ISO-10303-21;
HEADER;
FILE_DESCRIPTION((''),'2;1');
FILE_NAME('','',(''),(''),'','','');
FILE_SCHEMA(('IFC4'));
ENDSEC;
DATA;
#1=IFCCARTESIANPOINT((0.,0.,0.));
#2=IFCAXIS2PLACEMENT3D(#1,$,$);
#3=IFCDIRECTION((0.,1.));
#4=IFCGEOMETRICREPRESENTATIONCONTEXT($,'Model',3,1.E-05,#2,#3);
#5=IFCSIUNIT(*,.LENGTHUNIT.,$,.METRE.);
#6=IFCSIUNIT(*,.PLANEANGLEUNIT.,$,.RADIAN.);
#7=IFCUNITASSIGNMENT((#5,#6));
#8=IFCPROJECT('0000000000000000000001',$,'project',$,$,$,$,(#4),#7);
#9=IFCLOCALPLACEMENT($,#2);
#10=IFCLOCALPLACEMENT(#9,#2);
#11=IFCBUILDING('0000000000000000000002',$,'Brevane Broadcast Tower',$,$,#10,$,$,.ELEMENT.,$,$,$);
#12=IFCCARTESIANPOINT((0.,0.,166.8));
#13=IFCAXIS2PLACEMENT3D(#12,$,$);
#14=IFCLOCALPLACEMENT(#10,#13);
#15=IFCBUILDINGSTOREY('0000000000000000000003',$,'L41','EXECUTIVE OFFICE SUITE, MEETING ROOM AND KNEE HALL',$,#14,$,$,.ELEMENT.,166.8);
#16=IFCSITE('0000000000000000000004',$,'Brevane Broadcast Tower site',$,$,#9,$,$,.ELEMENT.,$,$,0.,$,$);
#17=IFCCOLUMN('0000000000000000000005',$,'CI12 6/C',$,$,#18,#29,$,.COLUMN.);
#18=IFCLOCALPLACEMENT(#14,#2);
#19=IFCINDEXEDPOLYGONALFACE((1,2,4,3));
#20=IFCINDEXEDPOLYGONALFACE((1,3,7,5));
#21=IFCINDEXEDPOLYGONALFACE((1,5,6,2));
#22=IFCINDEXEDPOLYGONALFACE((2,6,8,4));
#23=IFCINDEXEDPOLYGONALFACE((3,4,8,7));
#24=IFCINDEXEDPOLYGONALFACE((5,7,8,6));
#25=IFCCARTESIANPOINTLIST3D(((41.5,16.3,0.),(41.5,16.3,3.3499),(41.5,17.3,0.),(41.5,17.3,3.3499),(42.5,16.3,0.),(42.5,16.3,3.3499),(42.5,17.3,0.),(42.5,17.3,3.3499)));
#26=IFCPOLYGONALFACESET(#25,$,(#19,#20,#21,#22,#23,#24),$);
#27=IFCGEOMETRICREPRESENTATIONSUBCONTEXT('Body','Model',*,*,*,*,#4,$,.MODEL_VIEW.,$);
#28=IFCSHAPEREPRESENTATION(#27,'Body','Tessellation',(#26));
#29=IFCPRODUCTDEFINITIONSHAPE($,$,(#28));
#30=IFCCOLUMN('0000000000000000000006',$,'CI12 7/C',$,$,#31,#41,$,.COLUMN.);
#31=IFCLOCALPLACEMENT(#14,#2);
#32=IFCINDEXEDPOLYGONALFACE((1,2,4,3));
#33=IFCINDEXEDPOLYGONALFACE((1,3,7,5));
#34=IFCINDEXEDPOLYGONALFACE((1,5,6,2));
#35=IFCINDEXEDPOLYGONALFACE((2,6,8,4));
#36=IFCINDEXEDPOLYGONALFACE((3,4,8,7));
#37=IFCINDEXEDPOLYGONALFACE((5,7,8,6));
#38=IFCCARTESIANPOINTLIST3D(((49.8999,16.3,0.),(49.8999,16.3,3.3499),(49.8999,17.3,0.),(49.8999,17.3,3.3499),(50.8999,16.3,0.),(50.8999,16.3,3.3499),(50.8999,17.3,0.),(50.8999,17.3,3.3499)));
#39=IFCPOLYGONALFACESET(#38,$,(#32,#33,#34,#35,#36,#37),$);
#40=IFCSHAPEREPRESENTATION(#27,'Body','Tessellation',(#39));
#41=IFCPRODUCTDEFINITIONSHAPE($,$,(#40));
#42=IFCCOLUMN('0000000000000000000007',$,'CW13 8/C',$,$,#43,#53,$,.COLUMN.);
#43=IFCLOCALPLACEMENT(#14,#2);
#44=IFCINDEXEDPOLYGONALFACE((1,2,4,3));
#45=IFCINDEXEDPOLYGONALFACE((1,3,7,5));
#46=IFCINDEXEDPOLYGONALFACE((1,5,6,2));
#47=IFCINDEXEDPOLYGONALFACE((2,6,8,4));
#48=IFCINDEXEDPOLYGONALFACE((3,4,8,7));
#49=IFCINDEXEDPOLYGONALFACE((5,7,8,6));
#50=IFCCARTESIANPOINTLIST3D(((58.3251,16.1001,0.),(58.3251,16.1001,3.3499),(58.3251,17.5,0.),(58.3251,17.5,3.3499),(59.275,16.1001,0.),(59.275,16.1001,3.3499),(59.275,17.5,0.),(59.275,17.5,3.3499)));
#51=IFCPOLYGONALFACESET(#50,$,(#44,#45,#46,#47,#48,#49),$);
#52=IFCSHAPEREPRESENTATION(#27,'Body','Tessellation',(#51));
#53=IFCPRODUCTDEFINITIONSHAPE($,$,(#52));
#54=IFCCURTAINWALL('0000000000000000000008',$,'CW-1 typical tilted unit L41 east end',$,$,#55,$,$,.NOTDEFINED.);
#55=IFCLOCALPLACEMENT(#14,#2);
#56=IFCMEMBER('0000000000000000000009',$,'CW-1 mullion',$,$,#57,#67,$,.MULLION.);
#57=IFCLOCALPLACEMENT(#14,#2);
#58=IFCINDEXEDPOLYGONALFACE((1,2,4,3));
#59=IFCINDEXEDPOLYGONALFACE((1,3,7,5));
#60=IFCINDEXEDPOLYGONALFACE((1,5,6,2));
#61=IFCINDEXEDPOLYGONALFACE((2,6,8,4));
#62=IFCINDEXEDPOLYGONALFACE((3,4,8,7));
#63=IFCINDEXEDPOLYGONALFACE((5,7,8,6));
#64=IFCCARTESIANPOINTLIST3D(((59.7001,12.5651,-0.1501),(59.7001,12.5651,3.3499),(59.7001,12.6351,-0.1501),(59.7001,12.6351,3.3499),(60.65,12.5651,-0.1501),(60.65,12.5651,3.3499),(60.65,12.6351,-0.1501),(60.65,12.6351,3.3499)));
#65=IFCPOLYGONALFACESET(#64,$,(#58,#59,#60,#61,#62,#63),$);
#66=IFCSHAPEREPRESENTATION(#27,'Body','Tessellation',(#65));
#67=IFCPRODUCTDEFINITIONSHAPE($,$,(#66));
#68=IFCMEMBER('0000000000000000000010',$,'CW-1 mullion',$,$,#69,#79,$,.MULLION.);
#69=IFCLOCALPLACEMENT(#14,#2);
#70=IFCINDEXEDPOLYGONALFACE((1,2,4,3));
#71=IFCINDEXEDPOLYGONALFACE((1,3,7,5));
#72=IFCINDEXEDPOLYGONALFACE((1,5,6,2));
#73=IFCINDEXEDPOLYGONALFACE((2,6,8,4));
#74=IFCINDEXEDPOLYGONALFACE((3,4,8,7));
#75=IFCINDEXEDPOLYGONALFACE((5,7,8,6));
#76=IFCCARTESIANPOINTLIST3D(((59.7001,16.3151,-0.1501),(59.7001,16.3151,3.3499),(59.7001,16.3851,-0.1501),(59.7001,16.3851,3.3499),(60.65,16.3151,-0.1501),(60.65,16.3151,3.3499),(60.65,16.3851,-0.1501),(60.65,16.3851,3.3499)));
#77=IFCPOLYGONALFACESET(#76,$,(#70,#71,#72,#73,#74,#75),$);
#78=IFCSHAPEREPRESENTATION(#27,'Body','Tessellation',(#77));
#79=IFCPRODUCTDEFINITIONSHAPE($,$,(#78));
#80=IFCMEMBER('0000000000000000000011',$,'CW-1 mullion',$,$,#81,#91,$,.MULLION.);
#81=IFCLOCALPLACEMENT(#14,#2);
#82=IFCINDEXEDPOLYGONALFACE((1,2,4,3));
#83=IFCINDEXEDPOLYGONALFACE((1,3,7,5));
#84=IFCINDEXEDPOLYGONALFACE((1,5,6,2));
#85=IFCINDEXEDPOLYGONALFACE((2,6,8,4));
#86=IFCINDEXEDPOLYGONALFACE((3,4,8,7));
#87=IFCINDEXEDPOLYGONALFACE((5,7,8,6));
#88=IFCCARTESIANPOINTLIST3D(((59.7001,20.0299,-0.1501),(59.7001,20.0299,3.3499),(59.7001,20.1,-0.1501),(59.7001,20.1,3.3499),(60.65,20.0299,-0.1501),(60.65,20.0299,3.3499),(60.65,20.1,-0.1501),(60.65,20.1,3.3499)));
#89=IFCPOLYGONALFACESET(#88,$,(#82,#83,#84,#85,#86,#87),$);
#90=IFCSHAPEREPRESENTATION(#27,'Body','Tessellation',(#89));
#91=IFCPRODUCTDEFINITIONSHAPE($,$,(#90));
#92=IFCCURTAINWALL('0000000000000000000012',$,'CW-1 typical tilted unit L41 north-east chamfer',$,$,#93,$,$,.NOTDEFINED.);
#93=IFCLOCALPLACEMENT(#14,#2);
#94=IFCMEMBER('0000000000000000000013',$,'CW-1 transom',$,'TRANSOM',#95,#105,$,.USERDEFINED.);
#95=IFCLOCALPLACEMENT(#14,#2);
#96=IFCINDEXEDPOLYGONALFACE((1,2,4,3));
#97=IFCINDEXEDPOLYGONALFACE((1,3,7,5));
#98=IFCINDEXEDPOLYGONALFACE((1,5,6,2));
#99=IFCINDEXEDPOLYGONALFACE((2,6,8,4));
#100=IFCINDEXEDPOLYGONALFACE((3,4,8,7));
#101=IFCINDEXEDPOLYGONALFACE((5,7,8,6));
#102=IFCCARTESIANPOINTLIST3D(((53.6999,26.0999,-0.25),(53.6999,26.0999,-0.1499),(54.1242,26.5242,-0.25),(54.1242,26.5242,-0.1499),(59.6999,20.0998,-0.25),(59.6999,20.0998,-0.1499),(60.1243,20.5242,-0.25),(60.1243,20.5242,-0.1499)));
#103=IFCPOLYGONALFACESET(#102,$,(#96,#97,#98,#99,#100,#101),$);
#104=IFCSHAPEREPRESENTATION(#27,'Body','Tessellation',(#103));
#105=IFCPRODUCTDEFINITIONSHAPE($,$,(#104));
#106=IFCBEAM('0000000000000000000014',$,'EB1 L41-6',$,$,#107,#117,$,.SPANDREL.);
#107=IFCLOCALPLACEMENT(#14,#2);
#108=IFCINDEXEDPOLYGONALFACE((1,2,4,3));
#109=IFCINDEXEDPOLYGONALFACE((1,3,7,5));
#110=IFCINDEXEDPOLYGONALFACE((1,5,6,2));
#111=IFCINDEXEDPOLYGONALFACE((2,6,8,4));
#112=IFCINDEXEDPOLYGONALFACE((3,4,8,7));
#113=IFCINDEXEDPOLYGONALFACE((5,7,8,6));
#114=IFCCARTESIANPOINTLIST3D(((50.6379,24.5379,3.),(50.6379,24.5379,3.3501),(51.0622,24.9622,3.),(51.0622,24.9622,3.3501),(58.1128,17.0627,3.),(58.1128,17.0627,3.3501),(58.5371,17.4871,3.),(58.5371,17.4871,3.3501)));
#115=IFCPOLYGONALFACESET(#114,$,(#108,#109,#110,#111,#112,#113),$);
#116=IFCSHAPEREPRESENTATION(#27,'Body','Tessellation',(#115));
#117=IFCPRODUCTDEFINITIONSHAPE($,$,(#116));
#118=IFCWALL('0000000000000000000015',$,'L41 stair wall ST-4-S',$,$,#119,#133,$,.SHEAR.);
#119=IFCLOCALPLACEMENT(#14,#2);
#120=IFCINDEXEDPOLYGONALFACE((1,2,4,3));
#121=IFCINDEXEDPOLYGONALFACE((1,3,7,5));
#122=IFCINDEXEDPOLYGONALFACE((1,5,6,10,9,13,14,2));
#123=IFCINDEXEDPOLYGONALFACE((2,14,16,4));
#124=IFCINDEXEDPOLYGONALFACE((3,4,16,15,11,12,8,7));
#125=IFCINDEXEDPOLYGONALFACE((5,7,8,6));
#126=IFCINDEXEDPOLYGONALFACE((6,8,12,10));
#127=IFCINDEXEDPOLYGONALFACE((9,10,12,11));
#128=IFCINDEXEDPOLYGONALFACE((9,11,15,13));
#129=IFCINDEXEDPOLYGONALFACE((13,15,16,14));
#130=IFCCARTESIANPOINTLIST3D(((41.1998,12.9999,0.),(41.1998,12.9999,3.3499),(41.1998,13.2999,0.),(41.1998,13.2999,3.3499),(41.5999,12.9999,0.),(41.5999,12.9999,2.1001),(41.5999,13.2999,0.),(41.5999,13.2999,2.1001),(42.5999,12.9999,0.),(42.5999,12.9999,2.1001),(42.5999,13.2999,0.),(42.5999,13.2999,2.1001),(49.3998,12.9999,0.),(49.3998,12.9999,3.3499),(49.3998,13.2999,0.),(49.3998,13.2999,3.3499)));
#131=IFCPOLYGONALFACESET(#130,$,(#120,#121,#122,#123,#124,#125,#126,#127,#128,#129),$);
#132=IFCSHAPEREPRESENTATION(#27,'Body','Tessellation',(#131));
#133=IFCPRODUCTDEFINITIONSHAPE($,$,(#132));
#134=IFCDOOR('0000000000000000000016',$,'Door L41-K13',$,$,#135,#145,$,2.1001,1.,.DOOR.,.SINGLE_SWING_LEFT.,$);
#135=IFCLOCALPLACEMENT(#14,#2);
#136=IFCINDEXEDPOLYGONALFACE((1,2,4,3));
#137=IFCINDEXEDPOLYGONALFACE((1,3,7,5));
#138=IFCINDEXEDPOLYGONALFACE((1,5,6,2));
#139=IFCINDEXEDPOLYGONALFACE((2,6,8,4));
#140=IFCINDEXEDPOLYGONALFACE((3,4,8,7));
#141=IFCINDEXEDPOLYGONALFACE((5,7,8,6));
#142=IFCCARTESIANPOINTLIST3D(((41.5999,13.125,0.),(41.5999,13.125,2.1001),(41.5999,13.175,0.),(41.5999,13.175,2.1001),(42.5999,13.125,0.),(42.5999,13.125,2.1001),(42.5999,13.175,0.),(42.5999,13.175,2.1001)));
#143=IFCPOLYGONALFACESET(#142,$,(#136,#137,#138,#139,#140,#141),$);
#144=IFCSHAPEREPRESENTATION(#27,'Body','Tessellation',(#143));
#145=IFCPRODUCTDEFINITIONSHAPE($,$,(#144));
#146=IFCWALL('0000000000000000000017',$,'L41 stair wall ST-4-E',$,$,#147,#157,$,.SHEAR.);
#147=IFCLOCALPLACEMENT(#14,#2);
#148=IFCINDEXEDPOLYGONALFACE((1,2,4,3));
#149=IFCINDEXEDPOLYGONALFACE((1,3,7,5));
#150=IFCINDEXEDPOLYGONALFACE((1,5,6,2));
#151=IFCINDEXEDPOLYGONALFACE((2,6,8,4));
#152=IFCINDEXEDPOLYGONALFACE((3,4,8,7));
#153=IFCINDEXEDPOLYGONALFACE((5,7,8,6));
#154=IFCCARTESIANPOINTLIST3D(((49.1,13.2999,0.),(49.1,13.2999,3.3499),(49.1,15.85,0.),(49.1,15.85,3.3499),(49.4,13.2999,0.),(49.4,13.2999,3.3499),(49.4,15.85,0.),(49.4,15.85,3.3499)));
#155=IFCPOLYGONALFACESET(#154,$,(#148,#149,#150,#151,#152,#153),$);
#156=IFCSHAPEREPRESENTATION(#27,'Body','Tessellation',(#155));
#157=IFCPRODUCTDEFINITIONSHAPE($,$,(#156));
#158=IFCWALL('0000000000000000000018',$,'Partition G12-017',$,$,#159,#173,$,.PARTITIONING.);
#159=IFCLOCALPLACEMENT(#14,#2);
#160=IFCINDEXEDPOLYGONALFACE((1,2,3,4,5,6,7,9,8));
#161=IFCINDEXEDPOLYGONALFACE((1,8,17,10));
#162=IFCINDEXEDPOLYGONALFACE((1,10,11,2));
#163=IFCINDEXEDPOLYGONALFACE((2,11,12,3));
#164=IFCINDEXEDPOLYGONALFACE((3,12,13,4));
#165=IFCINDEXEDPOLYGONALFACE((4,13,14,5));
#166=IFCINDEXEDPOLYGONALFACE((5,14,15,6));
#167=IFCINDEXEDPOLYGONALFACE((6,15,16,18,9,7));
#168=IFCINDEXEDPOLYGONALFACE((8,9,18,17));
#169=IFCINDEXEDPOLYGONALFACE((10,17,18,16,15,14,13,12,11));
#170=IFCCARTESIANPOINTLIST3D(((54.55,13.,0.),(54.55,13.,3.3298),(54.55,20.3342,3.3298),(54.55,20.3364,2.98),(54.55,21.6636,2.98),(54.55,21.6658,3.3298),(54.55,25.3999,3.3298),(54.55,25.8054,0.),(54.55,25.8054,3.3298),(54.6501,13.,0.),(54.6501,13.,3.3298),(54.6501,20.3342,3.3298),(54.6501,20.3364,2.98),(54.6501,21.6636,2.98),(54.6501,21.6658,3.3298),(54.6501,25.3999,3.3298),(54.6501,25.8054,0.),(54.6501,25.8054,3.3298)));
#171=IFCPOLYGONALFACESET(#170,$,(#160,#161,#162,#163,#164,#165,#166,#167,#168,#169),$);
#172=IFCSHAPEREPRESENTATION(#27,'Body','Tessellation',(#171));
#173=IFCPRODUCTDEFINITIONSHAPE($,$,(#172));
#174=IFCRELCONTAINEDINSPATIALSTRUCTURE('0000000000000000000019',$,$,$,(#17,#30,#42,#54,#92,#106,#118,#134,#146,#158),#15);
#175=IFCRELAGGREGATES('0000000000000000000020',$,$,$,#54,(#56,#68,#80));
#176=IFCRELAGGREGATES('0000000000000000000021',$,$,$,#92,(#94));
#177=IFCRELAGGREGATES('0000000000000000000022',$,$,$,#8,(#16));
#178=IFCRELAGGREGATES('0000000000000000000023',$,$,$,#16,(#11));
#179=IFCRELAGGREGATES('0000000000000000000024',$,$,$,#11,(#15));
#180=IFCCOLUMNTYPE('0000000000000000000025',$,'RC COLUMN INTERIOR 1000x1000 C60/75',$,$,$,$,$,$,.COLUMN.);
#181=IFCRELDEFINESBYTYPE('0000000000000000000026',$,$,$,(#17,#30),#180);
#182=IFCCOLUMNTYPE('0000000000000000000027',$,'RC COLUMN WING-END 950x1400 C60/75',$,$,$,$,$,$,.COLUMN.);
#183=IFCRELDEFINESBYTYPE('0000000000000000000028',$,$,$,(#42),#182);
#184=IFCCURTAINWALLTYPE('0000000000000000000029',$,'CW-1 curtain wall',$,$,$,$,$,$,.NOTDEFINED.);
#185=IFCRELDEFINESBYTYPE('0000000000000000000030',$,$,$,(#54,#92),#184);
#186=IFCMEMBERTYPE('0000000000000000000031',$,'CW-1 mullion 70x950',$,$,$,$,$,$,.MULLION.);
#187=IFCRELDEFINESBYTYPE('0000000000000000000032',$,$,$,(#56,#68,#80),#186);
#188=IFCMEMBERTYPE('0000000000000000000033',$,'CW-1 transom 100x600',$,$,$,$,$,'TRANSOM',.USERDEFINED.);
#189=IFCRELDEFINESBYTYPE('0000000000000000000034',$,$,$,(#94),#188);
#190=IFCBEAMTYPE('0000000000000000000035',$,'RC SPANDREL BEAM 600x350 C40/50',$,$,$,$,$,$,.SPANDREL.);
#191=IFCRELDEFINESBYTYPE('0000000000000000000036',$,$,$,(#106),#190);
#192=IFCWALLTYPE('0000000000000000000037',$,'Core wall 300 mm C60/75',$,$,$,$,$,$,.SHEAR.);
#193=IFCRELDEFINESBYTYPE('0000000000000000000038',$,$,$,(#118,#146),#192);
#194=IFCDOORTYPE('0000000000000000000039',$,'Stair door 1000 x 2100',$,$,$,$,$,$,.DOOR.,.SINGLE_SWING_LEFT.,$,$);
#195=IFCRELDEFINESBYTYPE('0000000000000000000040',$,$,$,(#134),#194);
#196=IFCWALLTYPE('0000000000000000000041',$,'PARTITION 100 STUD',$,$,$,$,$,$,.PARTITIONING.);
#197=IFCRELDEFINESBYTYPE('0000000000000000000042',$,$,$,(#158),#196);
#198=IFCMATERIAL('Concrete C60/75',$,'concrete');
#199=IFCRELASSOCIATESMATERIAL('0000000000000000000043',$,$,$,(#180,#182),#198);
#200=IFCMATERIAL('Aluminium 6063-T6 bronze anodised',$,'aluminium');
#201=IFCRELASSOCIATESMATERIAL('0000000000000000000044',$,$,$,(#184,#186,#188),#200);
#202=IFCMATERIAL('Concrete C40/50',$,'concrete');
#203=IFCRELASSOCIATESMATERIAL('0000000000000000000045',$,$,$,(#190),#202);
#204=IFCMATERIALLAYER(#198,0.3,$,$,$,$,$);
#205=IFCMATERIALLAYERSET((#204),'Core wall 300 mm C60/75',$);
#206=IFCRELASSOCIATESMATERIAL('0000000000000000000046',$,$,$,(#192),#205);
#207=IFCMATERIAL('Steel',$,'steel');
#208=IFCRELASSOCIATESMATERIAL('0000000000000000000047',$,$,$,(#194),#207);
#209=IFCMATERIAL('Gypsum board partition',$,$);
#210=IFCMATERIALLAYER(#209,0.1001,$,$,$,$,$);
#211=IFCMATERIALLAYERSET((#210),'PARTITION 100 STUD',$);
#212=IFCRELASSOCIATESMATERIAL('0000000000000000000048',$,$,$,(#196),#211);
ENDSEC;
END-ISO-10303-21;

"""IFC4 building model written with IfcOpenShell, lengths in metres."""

from ifc_helpers import new_model, si_unit, direction, frame, frame_2d, origin, origin_2d, place, context, subcontext, project, spatial, polyline, rectangle, outline, extrude, material, layer, layer_set, material_profile, profile_set, type_object, element, fill, aggregate, save


model = new_model("IFC4")

# Units and contexts
model_context = context("Model", 3, precision=1e-05, world=origin(), true_north=direction((0.0, 1.0)))
body_context = subcontext(model_context, "Body", "Model", "MODEL_VIEW")
ifc_project = project(units=[si_unit("LENGTHUNIT", "METRE"), si_unit("PLANEANGLEUNIT", "RADIAN")], contexts=[model_context])

# Site, building, storey
site_placement = place(None, origin())
site = spatial("IfcSite", under=ifc_project, at=site_placement, Name="Brevane Broadcast Tower site", CompositionType="ELEMENT", RefElevation=0.0)
building_placement = place(site_placement, origin())
building = spatial("IfcBuilding", under=site, at=building_placement, Name="Brevane Broadcast Tower", CompositionType="ELEMENT")
storey_placement = place(building_placement, frame((0.0, 0.0, 166.8)))
storey = spatial("IfcBuildingStorey", under=building, at=storey_placement, Name="L41", Description="EXECUTIVE OFFICE SUITE, MEETING ROOM AND KNEE HALL", CompositionType="ELEMENT", Elevation=166.8)

# Columns
ifc_material_1 = material(Name="Concrete C60/75", Category="concrete")
ifc_material_profile_1 = material_profile(ifc_material_1, rectangle(XDim=1.0, YDim=1.0, at=origin_2d()), Name="RC 1000x1000")
ifc_profile_set_1 = profile_set([ifc_material_profile_1], Name="Concrete C60/75")
column_type_1 = type_object("IfcColumnType", Name="RC COLUMN INTERIOR 1000x1000 C60/75", PredefinedType="COLUMN", material=ifc_profile_set_1)
for number, where, z_axis, x_axis, name in (
    (1, (42.0, 16.8, 0.0), (0.0, 0.0, 1.0), (1.0, 0.0, 0.0), "CI12 6/C"),
    (2, (50.3999, 16.8, 0.0), (0.0, 0.0, 1.0), (1.0, 0.0, 0.0), "CI12 7/C"),
):
    element("IfcColumn", number, at=place(storey_placement, frame(where, z_axis=z_axis, x_axis=x_axis)), inside=storey, type_object=column_type_1, Name=name, PredefinedType="COLUMN", context=body_context, shape_type="SweptSolid", body=[
        extrude(rectangle(XDim=1.0, YDim=1.0, at=origin_2d()), origin(), (0.0, 0.0, 1.0), 3.3499),
    ])
ifc_material_profile_2 = material_profile(ifc_material_1, rectangle(XDim=0.95, YDim=1.3999, at=origin_2d()), Name="RC 950x1400")
ifc_profile_set_2 = profile_set([ifc_material_profile_2], Name="Concrete C60/75")
column_type_2 = type_object("IfcColumnType", Name="RC COLUMN WING-END 950x1400 C60/75", PredefinedType="COLUMN", material=ifc_profile_set_2)
column_placement = place(storey_placement, frame((58.8, 16.8, 0.0), z_axis=(0.0, 0.0, 1.0), x_axis=(1.0, 0.0, 0.0)))
element("IfcColumn", 3, at=column_placement, inside=storey, type_object=column_type_2, Name="CW13 8/C", PredefinedType="COLUMN", context=body_context, shape_type="SweptSolid", body=[
    extrude(rectangle(XDim=0.95, YDim=1.3999, at=origin_2d()), origin(), (0.0, 0.0, 1.0), 3.3499),
])

# Curtain wall, members
ifc_material_2 = material(Name="Aluminium 6063-T6 bronze anodised", Category="aluminium")
curtain_wall_type = type_object("IfcCurtainWallType", Name="CW-1 curtain wall", PredefinedType="NOTDEFINED", material=ifc_material_2)
curtain_wall_1_placement = place(storey_placement, origin())
curtain_wall_1 = element("IfcCurtainWall", 4, at=curtain_wall_1_placement, inside=storey, type_object=curtain_wall_type, Name="CW-1 typical tilted unit L41 east end", PredefinedType="NOTDEFINED")
ifc_material_profile_3 = material_profile(ifc_material_2, rectangle(XDim=0.95, YDim=0.0701, at=origin_2d()), Name="RECT 70x950")
ifc_profile_set_3 = profile_set([ifc_material_profile_3], Name="Aluminium 6063-T6 bronze anodised")
member_type_1 = type_object("IfcMemberType", Name="CW-1 mullion 70x950", PredefinedType="MULLION", material=ifc_profile_set_3)
member_1_placement = place(storey_placement, frame((60.175, 12.6001, -0.1501), z_axis=(0.0, 0.0, 1.0), x_axis=(-1.0, 0.0, 0.0)))
member_1 = element("IfcMember", 5, at=member_1_placement, type_object=member_type_1, Name="CW-1 mullion", PredefinedType="MULLION", context=body_context, shape_type="SweptSolid", body=[
    extrude(rectangle(XDim=0.95, YDim=0.0701, at=origin_2d()), origin(), (0.0, 0.0, 1.0), 3.5),
])
member_2_placement = place(storey_placement, frame((60.175, 16.3501, -0.1501), z_axis=(0.0, 0.0, 1.0), x_axis=(-1.0, 0.0, 0.0)))
member_2 = element("IfcMember", 6, at=member_2_placement, type_object=member_type_1, Name="CW-1 mullion", PredefinedType="MULLION", context=body_context, shape_type="SweptSolid", body=[
    extrude(rectangle(XDim=0.95, YDim=0.0701, at=origin_2d()), origin(), (0.0, 0.0, 1.0), 3.5),
])
member_3_placement = place(storey_placement, frame((60.175, 20.0649, -0.1501), z_axis=(0.0, 0.0, 1.0), x_axis=(-1.0, 0.0, 0.0)))
member_3 = element("IfcMember", 7, at=member_3_placement, type_object=member_type_1, Name="CW-1 mullion", PredefinedType="MULLION", context=body_context, shape_type="SweptSolid", body=[
    extrude(rectangle(XDim=0.95, YDim=0.0701, at=origin_2d()), origin(), (0.0, 0.0, 1.0), 3.5),
])
aggregate(curtain_wall_1, [member_1, member_2, member_3])

# Curtain wall, member
curtain_wall_2_placement = place(storey_placement, origin())
curtain_wall_2 = element("IfcCurtainWall", 8, at=curtain_wall_2_placement, inside=storey, type_object=curtain_wall_type, Name="CW-1 typical tilted unit L41 north-east chamfer", PredefinedType="NOTDEFINED")
ifc_material_profile_4 = material_profile(ifc_material_2, rectangle(XDim=0.6001, YDim=0.1001, at=origin_2d()), Name="RECT 100x600")
ifc_profile_set_4 = profile_set([ifc_material_profile_4], Name="Aluminium 6063-T6 bronze anodised")
member_type_2 = type_object("IfcMemberType", Name="CW-1 transom 100x600", ElementType="TRANSOM", PredefinedType="USERDEFINED", material=ifc_profile_set_4)
member_4_placement = place(storey_placement, frame((59.9121, 20.312, -0.2), z_axis=(-0.707107, 0.707107, 0.0), x_axis=(-0.707107, -0.707107, 0.0)))
member_4 = element("IfcMember", 9, at=member_4_placement, type_object=member_type_2, Name="CW-1 transom", ObjectType="TRANSOM", PredefinedType="USERDEFINED", context=body_context, shape_type="SweptSolid", body=[
    extrude(rectangle(XDim=0.6001, YDim=0.1001, at=origin_2d()), origin(), (0.0, 0.0, 1.0), 8.4854),
])
aggregate(curtain_wall_2, [member_4])

# Beam
ifc_material_3 = material(Name="Concrete C40/50", Category="concrete")
ifc_material_profile_5 = material_profile(ifc_material_3, rectangle(XDim=0.6001, YDim=0.3501, at=origin_2d()), Name="RC 600x350")
ifc_profile_set_5 = profile_set([ifc_material_profile_5], Name="Concrete C40/50")
beam_type = type_object("IfcBeamType", Name="RC SPANDREL BEAM 600x350 C40/50", PredefinedType="SPANDREL", material=ifc_profile_set_5)
beam_placement = place(storey_placement, frame((58.325, 17.2749, 3.175), z_axis=(-0.707095, 0.707118, 0.0), x_axis=(-0.707118, -0.707095, 0.0)))
element("IfcBeam", 10, at=beam_placement, inside=storey, type_object=beam_type, Name="EB1 L41-6", PredefinedType="SPANDREL", context=body_context, shape_type="SweptSolid", body=[
    extrude(rectangle(XDim=0.6001, YDim=0.3501, at=origin_2d()), origin(), (0.0, 0.0, 1.0), 10.5713),
])

# Wall, opening, door
ifc_layer_1 = layer(ifc_material_1, 0.3)
ifc_layer_set_1 = layer_set([ifc_layer_1], Name="Core wall 300 mm C60/75")
wall_type_1 = type_object("IfcWallType", Name="Core wall 300 mm C60/75", PredefinedType="SHEAR", material=ifc_layer_set_1)
wall_1_placement = place(storey_placement, frame((49.3999, 13.1499, 0.0), z_axis=(0.0, 0.0, 1.0), x_axis=(-1.0, 0.0, 0.0)))
wall_1 = element("IfcWall", 11, at=wall_1_placement, inside=storey, type_object=wall_type_1, Name="L41 stair wall ST-4-S", PredefinedType="SHEAR", context=body_context, shape_type="SweptSolid", body=[
    extrude(rectangle(XDim=8.2, YDim=0.3, at=frame_2d((4.1001, 0.0))), origin(), (0.0, 0.0, 1.0), 3.3499),
])
opening_1_placement = place(wall_1_placement, frame((6.8, 0.0, 0.0)))
opening_1 = element("IfcOpeningElement", 12, at=opening_1_placement, cuts=wall_1, PredefinedType="OPENING", context=body_context, shape_type="SweptSolid", body=[
    extrude(rectangle(XDim=1.0, YDim=2.1001, at=frame_2d((0.5, 1.05))), frame((0.0, 0.1599, 0.0), z_axis=(0.0, -1.0, 0.0), x_axis=(1.0, 0.0, 0.0)), (0.0, 0.0, 1.0), 0.3201),
])
ifc_material_4 = material(Name="Steel", Category="steel")
door_type_1 = type_object("IfcDoorType", Name="Stair door 1000 x 2100", OperationType="SINGLE_SWING_LEFT", PredefinedType="DOOR", material=ifc_material_4)
door_1_placement = place(opening_1_placement, origin())
door_1 = element("IfcDoor", 13, at=door_1_placement, inside=storey, type_object=door_type_1, Name="Door L41-K13", OperationType="SINGLE_SWING_LEFT", OverallHeight=2.1001, OverallWidth=1.0, PredefinedType="DOOR", context=body_context, shape_type="SweptSolid", body=[
    extrude(rectangle(XDim=1.0, YDim=2.1001, at=frame_2d((0.5, 1.05))), frame((0.0, 0.0249, 0.0), z_axis=(0.0, -1.0, 0.0), x_axis=(1.0, 0.0, 0.0)), (0.0, 0.0, 1.0), 0.05),
])
fill(opening_1, door_1)

# Walls
wall_2_placement = place(storey_placement, frame((49.25, 13.3, 0.0), z_axis=(0.0, 0.0, 1.0), x_axis=(0.0, 1.0, 0.0)))
element("IfcWall", 14, at=wall_2_placement, inside=storey, type_object=wall_type_1, Name="L41 stair wall ST-4-E", PredefinedType="SHEAR", context=body_context, shape_type="SweptSolid", body=[
    extrude(rectangle(XDim=2.55, YDim=0.3, at=frame_2d((1.2749, 0.0))), origin(), (0.0, 0.0, 1.0), 3.3499),
])
ifc_material_5 = material(Name="Gypsum board partition")
ifc_layer_2 = layer(ifc_material_5, 0.1001)
ifc_layer_set_2 = layer_set([ifc_layer_2], Name="PARTITION 100 STUD")
wall_type_2 = type_object("IfcWallType", Name="PARTITION 100 STUD", PredefinedType="PARTITIONING", material=ifc_layer_set_2)
wall_3_placement = place(storey_placement, frame((54.6001, 13.0, 0.0), z_axis=(0.0, 0.0, 1.0), x_axis=(0.0, 1.0, 0.0)))
element("IfcWall", 15, at=wall_3_placement, inside=storey, type_object=wall_type_2, Name="Partition G12-017", PredefinedType="PARTITIONING", context=body_context, shape_type="SweptSolid", body=[
    extrude(outline(polyline([(0.0, 0.0), (12.8054, 0.0), (12.8054, 3.3298), (12.3999, 3.3298), (8.6658, 3.3298), (8.6636, 2.98), (7.3364, 2.98), (7.3342, 3.3298), (0.0, 3.3298), (0.0, 0.0)])), frame((0.0, 0.05, 0.0), z_axis=(0.0, -1.0, 0.0), x_axis=(1.0, 0.0, 0.0)), (0.0, 0.0, 1.0), 0.1001),
])

save(model, "model.ifc")
